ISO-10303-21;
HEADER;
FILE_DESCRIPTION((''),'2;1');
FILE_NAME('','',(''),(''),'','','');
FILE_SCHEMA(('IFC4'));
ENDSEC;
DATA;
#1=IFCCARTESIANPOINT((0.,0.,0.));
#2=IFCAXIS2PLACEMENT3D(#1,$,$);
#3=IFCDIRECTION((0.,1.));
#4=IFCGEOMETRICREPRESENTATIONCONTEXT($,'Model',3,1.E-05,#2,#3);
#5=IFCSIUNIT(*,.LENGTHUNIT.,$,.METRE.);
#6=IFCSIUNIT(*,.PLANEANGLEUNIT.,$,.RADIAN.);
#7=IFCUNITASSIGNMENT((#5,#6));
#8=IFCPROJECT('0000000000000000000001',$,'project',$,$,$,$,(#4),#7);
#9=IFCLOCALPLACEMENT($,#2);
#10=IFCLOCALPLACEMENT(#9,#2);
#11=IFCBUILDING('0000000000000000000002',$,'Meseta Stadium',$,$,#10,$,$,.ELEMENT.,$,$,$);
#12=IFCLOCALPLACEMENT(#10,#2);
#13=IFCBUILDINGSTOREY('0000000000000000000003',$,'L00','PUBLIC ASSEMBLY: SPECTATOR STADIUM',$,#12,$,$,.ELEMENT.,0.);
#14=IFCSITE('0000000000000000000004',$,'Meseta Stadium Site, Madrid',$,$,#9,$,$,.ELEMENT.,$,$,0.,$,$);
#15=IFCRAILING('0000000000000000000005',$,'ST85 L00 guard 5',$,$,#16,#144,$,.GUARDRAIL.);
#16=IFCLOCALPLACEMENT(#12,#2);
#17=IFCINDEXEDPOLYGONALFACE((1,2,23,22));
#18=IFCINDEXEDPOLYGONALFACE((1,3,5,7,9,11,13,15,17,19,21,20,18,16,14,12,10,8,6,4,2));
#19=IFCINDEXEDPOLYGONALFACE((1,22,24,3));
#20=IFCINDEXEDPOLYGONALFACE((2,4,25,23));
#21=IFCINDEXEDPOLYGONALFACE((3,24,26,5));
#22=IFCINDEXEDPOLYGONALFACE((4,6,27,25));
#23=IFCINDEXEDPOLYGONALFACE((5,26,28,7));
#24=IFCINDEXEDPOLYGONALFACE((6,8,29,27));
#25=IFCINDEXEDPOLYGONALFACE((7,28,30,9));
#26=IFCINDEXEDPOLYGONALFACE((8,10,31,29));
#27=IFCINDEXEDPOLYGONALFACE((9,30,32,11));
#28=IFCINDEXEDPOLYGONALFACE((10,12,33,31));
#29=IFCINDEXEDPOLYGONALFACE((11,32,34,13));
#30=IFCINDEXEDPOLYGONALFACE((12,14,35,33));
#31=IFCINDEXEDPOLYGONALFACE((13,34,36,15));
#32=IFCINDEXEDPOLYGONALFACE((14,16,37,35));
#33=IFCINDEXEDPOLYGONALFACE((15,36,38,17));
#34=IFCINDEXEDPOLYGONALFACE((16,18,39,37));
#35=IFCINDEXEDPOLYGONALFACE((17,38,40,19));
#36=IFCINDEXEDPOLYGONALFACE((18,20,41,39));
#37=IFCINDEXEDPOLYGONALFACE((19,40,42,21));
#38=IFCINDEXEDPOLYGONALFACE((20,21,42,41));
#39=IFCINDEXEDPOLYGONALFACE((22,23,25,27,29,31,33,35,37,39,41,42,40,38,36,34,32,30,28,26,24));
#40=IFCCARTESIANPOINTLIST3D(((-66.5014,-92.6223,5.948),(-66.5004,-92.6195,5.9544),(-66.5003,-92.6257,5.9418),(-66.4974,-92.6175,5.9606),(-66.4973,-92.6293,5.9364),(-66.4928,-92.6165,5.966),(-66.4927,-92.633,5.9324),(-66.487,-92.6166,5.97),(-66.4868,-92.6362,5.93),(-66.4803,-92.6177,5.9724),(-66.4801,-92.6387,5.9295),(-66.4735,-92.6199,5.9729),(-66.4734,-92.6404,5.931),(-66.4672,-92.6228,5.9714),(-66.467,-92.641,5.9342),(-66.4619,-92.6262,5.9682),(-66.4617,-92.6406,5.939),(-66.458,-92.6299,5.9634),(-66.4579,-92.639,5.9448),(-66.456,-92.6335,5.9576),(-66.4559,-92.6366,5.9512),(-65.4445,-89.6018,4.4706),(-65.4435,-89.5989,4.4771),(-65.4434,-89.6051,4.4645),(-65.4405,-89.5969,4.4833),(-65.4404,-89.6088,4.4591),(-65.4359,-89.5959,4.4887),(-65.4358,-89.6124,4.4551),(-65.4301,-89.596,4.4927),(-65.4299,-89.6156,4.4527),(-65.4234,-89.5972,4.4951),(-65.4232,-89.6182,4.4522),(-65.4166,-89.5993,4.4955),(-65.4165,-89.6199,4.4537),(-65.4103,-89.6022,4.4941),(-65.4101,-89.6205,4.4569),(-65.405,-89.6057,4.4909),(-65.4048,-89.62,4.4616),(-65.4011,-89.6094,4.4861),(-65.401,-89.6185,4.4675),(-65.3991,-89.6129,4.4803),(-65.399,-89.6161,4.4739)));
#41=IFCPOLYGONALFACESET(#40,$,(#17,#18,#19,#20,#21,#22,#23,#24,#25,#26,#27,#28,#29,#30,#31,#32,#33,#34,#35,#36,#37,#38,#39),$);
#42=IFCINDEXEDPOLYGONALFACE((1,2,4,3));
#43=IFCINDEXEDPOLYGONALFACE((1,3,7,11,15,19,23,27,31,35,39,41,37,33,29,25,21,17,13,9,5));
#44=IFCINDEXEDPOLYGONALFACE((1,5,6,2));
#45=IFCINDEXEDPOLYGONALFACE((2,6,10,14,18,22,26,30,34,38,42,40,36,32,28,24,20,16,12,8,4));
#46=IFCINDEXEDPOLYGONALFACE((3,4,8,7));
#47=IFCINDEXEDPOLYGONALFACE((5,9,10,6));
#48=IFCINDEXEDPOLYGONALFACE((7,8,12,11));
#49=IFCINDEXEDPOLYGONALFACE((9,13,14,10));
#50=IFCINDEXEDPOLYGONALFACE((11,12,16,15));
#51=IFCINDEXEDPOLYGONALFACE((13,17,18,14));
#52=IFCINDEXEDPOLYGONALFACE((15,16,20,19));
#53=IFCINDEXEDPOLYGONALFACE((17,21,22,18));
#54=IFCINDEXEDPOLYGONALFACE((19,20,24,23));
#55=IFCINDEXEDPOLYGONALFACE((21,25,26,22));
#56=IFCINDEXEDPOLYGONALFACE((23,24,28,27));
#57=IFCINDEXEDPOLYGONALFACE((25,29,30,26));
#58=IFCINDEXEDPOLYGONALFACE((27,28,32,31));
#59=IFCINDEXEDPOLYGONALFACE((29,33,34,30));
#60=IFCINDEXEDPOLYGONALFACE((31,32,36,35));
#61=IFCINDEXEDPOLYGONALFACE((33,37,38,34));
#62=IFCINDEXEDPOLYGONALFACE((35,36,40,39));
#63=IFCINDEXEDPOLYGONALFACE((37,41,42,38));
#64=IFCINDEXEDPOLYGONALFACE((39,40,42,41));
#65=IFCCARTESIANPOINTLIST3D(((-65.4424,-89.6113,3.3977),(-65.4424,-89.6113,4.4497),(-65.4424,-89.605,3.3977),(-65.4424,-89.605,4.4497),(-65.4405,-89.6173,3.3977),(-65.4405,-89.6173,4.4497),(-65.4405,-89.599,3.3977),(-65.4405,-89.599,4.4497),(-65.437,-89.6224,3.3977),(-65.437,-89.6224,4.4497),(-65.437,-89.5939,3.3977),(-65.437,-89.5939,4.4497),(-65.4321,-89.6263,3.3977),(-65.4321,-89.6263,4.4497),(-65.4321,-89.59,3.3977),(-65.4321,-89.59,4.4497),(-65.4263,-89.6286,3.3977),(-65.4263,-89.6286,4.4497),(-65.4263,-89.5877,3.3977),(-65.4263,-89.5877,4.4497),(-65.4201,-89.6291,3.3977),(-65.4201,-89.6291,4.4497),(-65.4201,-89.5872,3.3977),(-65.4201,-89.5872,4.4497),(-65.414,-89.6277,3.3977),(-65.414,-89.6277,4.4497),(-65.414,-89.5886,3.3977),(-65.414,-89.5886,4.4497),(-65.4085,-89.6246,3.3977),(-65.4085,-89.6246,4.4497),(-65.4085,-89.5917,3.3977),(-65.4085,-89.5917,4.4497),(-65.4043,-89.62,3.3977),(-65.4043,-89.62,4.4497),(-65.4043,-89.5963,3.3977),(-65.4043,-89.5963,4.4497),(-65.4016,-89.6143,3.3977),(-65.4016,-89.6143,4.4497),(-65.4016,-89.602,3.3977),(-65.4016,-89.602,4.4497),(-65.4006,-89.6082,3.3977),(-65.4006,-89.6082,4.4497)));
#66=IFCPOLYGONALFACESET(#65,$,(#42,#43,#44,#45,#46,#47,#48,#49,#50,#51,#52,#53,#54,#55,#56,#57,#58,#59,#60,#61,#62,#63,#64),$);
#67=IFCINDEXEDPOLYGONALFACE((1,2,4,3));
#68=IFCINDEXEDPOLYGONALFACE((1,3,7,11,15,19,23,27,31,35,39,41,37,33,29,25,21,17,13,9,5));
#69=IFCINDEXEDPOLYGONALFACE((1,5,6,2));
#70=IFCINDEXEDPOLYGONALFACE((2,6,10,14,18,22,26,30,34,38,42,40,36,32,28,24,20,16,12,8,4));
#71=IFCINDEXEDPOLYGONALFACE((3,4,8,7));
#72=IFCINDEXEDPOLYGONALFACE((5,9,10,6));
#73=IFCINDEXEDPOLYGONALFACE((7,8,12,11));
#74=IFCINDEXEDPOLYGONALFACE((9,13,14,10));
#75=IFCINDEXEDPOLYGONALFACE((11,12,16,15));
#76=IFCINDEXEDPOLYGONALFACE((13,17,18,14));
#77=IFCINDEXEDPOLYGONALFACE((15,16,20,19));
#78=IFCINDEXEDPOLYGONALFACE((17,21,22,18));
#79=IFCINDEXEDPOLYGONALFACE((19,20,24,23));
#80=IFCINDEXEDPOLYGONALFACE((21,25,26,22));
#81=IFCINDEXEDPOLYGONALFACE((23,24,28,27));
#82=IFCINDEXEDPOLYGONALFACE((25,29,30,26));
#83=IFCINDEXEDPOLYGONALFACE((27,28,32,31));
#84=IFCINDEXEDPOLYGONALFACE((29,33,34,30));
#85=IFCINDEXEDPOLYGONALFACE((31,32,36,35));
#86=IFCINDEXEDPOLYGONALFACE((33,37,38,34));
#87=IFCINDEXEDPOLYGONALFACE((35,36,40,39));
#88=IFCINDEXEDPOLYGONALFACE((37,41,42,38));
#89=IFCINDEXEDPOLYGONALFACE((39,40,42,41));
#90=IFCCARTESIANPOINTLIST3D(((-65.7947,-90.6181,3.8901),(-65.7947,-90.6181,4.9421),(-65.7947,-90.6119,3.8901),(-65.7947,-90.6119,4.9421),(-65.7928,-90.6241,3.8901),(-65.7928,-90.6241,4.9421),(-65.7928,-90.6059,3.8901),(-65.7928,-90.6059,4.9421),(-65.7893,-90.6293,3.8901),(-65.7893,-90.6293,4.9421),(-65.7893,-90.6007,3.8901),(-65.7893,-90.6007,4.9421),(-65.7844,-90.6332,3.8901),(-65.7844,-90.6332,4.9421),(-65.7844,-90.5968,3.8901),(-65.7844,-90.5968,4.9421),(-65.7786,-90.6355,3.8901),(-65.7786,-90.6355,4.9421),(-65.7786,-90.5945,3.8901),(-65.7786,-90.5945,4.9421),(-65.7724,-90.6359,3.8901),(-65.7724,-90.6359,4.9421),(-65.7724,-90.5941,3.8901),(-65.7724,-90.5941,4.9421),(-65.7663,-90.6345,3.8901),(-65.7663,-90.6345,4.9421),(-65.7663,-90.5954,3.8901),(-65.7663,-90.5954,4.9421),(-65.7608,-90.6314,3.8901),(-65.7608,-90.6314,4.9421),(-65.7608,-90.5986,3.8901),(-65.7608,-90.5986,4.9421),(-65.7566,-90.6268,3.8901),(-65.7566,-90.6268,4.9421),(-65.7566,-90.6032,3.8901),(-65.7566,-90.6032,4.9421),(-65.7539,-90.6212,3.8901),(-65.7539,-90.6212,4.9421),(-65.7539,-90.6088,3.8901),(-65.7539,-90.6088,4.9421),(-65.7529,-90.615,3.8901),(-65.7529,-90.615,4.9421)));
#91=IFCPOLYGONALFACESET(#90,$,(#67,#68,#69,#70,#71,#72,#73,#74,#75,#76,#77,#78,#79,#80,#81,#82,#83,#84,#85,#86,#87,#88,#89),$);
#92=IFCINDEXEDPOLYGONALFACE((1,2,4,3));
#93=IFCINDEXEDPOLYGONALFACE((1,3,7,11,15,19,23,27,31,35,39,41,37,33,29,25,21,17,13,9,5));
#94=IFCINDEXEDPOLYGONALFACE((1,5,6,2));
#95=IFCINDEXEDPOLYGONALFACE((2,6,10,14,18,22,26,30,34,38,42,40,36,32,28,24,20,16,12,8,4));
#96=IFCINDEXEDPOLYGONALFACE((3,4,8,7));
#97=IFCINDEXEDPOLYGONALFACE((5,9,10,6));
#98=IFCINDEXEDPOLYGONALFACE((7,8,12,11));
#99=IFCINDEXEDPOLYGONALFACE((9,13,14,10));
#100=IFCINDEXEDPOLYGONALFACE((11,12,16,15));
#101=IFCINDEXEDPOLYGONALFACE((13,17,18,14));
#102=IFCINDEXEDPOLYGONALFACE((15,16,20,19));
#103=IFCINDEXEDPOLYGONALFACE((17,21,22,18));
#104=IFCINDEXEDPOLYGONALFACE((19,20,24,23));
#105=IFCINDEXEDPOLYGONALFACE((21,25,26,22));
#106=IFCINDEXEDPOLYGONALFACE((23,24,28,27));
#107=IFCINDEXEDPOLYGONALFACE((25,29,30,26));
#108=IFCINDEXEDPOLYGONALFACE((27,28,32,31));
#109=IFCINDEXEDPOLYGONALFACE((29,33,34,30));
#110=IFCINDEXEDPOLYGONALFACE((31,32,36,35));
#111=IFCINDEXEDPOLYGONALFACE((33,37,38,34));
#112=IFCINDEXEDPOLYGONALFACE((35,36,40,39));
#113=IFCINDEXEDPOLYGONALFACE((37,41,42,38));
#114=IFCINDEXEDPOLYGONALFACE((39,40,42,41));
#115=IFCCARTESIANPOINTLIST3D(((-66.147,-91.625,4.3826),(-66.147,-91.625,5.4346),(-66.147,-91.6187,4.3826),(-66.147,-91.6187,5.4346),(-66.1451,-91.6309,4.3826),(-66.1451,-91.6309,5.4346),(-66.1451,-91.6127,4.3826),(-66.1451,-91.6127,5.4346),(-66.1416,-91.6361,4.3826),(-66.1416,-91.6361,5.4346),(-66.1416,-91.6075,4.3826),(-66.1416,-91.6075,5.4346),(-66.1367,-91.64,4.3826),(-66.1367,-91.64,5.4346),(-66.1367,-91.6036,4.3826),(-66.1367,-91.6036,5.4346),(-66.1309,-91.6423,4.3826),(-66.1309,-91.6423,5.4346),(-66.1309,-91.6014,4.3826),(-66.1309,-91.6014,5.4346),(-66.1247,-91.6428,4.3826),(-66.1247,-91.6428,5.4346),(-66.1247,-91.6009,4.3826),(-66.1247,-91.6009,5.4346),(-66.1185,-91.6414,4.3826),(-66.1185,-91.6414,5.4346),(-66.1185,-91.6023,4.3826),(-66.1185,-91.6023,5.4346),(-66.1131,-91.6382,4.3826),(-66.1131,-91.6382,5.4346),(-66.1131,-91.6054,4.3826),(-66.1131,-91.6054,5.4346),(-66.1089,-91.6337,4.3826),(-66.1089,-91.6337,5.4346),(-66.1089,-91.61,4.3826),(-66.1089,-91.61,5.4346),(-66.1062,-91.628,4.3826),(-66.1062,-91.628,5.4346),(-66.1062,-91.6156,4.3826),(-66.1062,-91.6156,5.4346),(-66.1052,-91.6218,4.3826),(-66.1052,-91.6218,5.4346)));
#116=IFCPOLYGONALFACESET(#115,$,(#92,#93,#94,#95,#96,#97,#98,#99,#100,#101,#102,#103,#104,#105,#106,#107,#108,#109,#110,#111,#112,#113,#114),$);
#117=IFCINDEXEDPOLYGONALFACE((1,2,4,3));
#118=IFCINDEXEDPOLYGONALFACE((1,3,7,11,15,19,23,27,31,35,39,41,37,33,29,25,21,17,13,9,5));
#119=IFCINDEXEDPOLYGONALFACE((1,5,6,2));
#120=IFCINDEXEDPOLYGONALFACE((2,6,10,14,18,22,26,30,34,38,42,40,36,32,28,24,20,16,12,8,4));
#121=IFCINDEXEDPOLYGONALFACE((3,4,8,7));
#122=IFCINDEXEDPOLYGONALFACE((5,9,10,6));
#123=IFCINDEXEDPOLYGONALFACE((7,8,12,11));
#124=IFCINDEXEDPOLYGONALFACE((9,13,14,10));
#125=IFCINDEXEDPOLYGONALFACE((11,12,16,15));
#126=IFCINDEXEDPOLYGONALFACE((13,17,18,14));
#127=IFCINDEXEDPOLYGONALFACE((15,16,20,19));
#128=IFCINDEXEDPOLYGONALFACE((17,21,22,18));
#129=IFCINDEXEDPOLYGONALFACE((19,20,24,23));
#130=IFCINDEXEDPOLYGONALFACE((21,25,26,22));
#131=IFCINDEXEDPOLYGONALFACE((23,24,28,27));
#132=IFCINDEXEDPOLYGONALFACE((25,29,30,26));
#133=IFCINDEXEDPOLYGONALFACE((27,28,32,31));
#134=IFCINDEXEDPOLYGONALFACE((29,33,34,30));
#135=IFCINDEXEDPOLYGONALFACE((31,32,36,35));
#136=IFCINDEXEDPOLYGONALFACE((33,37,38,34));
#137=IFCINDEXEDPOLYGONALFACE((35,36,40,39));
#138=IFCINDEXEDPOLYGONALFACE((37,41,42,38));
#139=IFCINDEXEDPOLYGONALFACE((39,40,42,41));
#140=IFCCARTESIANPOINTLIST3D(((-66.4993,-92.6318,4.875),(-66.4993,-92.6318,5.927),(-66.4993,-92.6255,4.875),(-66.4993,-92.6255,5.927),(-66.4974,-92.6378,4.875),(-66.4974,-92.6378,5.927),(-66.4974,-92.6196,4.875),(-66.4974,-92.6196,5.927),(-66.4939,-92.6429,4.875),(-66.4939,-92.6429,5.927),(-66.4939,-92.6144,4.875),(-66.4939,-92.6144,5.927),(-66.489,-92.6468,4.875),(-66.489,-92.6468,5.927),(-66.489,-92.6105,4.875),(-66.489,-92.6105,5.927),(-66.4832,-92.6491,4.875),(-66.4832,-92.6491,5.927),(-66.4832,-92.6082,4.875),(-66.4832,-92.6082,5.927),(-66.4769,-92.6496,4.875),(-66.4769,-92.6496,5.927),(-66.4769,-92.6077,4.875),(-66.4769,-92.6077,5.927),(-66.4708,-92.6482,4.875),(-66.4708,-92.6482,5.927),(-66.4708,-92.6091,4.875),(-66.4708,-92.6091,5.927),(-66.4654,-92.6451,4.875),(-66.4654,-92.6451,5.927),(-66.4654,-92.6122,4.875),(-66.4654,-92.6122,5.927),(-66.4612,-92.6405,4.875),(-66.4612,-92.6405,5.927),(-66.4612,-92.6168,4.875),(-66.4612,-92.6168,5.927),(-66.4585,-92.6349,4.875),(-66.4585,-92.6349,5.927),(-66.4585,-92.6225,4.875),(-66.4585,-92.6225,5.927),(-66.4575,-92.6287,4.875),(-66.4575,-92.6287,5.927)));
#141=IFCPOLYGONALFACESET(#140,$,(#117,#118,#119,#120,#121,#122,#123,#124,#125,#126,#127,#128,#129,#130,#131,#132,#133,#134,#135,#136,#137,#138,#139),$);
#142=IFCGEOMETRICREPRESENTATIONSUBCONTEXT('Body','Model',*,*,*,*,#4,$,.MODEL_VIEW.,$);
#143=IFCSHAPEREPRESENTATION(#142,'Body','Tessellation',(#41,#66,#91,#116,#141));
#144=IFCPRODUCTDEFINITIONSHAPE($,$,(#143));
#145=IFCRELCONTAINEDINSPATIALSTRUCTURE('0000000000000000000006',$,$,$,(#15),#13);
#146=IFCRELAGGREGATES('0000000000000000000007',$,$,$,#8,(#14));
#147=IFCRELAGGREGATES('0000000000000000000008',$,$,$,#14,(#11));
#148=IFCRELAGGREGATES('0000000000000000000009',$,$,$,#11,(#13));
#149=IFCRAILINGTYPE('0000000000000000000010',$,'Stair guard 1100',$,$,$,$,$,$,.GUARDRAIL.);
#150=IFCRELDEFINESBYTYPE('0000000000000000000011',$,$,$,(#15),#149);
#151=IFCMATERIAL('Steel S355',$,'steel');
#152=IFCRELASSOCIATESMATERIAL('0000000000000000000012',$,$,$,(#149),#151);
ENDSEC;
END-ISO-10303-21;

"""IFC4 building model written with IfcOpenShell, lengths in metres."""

from ifc_helpers import new_model, si_unit, direction, frame, origin, origin_2d, place, context, subcontext, project, spatial, circle, extrude, material, type_object, element, save


model = new_model("IFC4")

# Units and contexts
model_context = context("Model", 3, precision=1e-05, world=origin(), true_north=direction((0.0, 1.0)))
body_context = subcontext(model_context, "Body", "Model", "MODEL_VIEW")
ifc_project = project(units=[si_unit("LENGTHUNIT", "METRE"), si_unit("PLANEANGLEUNIT", "RADIAN")], contexts=[model_context])

# Site, building, storey
site_placement = place(None, origin())
site = spatial("IfcSite", under=ifc_project, at=site_placement, Name="Meseta Stadium Site, Madrid", CompositionType="ELEMENT", RefElevation=0.0)
building_placement = place(site_placement, origin())
building = spatial("IfcBuilding", under=site, at=building_placement, Name="Meseta Stadium", CompositionType="ELEMENT")
storey_placement = place(building_placement, origin())
storey = spatial("IfcBuildingStorey", under=building, at=storey_placement, Name="L00", Description="PUBLIC ASSEMBLY: SPECTATOR STADIUM", CompositionType="ELEMENT", Elevation=0.0)

# Railing
ifc_material_1 = material(Name="Steel S355", Category="steel")
railing_type_1 = type_object("IfcRailingType", Name="Stair guard 1100", PredefinedType="GUARDRAIL", material=ifc_material_1)
railing_1_placement = place(storey_placement, frame((-65.4216, -89.6082, 3.3977)))
element("IfcRailing", 1, at=railing_1_placement, inside=storey, type_object=railing_type_1, Name="ST85 L00 guard 5", PredefinedType="GUARDRAIL", context=body_context, shape_type="SweptSolid", body=[
    extrude(circle(Radius=0.0239, at=origin_2d()), frame((0.0, 0.0, 1.0762), z_axis=(-0.299859, -0.856977, 0.419137), x_axis=(0.943887, -0.330269, 0.0)), (0.0, 0.0, 1.0), 3.5247),
    extrude(circle(Radius=0.021, at=origin_2d()), origin(), (0.0, 0.0, 1.0), 1.052),
    extrude(circle(Radius=0.021, at=origin_2d()), frame((-0.3523, -1.0068, 0.4924)), (0.0, 0.0, 1.0), 1.052),
    extrude(circle(Radius=0.021, at=origin_2d()), frame((-0.7046, -2.0137, 0.9849)), (0.0, 0.0, 1.0), 1.052),
    extrude(circle(Radius=0.021, at=origin_2d()), frame((-1.0569, -3.0205, 1.4773)), (0.0, 0.0, 1.0), 1.052),
])

save(model, "model.ifc")
